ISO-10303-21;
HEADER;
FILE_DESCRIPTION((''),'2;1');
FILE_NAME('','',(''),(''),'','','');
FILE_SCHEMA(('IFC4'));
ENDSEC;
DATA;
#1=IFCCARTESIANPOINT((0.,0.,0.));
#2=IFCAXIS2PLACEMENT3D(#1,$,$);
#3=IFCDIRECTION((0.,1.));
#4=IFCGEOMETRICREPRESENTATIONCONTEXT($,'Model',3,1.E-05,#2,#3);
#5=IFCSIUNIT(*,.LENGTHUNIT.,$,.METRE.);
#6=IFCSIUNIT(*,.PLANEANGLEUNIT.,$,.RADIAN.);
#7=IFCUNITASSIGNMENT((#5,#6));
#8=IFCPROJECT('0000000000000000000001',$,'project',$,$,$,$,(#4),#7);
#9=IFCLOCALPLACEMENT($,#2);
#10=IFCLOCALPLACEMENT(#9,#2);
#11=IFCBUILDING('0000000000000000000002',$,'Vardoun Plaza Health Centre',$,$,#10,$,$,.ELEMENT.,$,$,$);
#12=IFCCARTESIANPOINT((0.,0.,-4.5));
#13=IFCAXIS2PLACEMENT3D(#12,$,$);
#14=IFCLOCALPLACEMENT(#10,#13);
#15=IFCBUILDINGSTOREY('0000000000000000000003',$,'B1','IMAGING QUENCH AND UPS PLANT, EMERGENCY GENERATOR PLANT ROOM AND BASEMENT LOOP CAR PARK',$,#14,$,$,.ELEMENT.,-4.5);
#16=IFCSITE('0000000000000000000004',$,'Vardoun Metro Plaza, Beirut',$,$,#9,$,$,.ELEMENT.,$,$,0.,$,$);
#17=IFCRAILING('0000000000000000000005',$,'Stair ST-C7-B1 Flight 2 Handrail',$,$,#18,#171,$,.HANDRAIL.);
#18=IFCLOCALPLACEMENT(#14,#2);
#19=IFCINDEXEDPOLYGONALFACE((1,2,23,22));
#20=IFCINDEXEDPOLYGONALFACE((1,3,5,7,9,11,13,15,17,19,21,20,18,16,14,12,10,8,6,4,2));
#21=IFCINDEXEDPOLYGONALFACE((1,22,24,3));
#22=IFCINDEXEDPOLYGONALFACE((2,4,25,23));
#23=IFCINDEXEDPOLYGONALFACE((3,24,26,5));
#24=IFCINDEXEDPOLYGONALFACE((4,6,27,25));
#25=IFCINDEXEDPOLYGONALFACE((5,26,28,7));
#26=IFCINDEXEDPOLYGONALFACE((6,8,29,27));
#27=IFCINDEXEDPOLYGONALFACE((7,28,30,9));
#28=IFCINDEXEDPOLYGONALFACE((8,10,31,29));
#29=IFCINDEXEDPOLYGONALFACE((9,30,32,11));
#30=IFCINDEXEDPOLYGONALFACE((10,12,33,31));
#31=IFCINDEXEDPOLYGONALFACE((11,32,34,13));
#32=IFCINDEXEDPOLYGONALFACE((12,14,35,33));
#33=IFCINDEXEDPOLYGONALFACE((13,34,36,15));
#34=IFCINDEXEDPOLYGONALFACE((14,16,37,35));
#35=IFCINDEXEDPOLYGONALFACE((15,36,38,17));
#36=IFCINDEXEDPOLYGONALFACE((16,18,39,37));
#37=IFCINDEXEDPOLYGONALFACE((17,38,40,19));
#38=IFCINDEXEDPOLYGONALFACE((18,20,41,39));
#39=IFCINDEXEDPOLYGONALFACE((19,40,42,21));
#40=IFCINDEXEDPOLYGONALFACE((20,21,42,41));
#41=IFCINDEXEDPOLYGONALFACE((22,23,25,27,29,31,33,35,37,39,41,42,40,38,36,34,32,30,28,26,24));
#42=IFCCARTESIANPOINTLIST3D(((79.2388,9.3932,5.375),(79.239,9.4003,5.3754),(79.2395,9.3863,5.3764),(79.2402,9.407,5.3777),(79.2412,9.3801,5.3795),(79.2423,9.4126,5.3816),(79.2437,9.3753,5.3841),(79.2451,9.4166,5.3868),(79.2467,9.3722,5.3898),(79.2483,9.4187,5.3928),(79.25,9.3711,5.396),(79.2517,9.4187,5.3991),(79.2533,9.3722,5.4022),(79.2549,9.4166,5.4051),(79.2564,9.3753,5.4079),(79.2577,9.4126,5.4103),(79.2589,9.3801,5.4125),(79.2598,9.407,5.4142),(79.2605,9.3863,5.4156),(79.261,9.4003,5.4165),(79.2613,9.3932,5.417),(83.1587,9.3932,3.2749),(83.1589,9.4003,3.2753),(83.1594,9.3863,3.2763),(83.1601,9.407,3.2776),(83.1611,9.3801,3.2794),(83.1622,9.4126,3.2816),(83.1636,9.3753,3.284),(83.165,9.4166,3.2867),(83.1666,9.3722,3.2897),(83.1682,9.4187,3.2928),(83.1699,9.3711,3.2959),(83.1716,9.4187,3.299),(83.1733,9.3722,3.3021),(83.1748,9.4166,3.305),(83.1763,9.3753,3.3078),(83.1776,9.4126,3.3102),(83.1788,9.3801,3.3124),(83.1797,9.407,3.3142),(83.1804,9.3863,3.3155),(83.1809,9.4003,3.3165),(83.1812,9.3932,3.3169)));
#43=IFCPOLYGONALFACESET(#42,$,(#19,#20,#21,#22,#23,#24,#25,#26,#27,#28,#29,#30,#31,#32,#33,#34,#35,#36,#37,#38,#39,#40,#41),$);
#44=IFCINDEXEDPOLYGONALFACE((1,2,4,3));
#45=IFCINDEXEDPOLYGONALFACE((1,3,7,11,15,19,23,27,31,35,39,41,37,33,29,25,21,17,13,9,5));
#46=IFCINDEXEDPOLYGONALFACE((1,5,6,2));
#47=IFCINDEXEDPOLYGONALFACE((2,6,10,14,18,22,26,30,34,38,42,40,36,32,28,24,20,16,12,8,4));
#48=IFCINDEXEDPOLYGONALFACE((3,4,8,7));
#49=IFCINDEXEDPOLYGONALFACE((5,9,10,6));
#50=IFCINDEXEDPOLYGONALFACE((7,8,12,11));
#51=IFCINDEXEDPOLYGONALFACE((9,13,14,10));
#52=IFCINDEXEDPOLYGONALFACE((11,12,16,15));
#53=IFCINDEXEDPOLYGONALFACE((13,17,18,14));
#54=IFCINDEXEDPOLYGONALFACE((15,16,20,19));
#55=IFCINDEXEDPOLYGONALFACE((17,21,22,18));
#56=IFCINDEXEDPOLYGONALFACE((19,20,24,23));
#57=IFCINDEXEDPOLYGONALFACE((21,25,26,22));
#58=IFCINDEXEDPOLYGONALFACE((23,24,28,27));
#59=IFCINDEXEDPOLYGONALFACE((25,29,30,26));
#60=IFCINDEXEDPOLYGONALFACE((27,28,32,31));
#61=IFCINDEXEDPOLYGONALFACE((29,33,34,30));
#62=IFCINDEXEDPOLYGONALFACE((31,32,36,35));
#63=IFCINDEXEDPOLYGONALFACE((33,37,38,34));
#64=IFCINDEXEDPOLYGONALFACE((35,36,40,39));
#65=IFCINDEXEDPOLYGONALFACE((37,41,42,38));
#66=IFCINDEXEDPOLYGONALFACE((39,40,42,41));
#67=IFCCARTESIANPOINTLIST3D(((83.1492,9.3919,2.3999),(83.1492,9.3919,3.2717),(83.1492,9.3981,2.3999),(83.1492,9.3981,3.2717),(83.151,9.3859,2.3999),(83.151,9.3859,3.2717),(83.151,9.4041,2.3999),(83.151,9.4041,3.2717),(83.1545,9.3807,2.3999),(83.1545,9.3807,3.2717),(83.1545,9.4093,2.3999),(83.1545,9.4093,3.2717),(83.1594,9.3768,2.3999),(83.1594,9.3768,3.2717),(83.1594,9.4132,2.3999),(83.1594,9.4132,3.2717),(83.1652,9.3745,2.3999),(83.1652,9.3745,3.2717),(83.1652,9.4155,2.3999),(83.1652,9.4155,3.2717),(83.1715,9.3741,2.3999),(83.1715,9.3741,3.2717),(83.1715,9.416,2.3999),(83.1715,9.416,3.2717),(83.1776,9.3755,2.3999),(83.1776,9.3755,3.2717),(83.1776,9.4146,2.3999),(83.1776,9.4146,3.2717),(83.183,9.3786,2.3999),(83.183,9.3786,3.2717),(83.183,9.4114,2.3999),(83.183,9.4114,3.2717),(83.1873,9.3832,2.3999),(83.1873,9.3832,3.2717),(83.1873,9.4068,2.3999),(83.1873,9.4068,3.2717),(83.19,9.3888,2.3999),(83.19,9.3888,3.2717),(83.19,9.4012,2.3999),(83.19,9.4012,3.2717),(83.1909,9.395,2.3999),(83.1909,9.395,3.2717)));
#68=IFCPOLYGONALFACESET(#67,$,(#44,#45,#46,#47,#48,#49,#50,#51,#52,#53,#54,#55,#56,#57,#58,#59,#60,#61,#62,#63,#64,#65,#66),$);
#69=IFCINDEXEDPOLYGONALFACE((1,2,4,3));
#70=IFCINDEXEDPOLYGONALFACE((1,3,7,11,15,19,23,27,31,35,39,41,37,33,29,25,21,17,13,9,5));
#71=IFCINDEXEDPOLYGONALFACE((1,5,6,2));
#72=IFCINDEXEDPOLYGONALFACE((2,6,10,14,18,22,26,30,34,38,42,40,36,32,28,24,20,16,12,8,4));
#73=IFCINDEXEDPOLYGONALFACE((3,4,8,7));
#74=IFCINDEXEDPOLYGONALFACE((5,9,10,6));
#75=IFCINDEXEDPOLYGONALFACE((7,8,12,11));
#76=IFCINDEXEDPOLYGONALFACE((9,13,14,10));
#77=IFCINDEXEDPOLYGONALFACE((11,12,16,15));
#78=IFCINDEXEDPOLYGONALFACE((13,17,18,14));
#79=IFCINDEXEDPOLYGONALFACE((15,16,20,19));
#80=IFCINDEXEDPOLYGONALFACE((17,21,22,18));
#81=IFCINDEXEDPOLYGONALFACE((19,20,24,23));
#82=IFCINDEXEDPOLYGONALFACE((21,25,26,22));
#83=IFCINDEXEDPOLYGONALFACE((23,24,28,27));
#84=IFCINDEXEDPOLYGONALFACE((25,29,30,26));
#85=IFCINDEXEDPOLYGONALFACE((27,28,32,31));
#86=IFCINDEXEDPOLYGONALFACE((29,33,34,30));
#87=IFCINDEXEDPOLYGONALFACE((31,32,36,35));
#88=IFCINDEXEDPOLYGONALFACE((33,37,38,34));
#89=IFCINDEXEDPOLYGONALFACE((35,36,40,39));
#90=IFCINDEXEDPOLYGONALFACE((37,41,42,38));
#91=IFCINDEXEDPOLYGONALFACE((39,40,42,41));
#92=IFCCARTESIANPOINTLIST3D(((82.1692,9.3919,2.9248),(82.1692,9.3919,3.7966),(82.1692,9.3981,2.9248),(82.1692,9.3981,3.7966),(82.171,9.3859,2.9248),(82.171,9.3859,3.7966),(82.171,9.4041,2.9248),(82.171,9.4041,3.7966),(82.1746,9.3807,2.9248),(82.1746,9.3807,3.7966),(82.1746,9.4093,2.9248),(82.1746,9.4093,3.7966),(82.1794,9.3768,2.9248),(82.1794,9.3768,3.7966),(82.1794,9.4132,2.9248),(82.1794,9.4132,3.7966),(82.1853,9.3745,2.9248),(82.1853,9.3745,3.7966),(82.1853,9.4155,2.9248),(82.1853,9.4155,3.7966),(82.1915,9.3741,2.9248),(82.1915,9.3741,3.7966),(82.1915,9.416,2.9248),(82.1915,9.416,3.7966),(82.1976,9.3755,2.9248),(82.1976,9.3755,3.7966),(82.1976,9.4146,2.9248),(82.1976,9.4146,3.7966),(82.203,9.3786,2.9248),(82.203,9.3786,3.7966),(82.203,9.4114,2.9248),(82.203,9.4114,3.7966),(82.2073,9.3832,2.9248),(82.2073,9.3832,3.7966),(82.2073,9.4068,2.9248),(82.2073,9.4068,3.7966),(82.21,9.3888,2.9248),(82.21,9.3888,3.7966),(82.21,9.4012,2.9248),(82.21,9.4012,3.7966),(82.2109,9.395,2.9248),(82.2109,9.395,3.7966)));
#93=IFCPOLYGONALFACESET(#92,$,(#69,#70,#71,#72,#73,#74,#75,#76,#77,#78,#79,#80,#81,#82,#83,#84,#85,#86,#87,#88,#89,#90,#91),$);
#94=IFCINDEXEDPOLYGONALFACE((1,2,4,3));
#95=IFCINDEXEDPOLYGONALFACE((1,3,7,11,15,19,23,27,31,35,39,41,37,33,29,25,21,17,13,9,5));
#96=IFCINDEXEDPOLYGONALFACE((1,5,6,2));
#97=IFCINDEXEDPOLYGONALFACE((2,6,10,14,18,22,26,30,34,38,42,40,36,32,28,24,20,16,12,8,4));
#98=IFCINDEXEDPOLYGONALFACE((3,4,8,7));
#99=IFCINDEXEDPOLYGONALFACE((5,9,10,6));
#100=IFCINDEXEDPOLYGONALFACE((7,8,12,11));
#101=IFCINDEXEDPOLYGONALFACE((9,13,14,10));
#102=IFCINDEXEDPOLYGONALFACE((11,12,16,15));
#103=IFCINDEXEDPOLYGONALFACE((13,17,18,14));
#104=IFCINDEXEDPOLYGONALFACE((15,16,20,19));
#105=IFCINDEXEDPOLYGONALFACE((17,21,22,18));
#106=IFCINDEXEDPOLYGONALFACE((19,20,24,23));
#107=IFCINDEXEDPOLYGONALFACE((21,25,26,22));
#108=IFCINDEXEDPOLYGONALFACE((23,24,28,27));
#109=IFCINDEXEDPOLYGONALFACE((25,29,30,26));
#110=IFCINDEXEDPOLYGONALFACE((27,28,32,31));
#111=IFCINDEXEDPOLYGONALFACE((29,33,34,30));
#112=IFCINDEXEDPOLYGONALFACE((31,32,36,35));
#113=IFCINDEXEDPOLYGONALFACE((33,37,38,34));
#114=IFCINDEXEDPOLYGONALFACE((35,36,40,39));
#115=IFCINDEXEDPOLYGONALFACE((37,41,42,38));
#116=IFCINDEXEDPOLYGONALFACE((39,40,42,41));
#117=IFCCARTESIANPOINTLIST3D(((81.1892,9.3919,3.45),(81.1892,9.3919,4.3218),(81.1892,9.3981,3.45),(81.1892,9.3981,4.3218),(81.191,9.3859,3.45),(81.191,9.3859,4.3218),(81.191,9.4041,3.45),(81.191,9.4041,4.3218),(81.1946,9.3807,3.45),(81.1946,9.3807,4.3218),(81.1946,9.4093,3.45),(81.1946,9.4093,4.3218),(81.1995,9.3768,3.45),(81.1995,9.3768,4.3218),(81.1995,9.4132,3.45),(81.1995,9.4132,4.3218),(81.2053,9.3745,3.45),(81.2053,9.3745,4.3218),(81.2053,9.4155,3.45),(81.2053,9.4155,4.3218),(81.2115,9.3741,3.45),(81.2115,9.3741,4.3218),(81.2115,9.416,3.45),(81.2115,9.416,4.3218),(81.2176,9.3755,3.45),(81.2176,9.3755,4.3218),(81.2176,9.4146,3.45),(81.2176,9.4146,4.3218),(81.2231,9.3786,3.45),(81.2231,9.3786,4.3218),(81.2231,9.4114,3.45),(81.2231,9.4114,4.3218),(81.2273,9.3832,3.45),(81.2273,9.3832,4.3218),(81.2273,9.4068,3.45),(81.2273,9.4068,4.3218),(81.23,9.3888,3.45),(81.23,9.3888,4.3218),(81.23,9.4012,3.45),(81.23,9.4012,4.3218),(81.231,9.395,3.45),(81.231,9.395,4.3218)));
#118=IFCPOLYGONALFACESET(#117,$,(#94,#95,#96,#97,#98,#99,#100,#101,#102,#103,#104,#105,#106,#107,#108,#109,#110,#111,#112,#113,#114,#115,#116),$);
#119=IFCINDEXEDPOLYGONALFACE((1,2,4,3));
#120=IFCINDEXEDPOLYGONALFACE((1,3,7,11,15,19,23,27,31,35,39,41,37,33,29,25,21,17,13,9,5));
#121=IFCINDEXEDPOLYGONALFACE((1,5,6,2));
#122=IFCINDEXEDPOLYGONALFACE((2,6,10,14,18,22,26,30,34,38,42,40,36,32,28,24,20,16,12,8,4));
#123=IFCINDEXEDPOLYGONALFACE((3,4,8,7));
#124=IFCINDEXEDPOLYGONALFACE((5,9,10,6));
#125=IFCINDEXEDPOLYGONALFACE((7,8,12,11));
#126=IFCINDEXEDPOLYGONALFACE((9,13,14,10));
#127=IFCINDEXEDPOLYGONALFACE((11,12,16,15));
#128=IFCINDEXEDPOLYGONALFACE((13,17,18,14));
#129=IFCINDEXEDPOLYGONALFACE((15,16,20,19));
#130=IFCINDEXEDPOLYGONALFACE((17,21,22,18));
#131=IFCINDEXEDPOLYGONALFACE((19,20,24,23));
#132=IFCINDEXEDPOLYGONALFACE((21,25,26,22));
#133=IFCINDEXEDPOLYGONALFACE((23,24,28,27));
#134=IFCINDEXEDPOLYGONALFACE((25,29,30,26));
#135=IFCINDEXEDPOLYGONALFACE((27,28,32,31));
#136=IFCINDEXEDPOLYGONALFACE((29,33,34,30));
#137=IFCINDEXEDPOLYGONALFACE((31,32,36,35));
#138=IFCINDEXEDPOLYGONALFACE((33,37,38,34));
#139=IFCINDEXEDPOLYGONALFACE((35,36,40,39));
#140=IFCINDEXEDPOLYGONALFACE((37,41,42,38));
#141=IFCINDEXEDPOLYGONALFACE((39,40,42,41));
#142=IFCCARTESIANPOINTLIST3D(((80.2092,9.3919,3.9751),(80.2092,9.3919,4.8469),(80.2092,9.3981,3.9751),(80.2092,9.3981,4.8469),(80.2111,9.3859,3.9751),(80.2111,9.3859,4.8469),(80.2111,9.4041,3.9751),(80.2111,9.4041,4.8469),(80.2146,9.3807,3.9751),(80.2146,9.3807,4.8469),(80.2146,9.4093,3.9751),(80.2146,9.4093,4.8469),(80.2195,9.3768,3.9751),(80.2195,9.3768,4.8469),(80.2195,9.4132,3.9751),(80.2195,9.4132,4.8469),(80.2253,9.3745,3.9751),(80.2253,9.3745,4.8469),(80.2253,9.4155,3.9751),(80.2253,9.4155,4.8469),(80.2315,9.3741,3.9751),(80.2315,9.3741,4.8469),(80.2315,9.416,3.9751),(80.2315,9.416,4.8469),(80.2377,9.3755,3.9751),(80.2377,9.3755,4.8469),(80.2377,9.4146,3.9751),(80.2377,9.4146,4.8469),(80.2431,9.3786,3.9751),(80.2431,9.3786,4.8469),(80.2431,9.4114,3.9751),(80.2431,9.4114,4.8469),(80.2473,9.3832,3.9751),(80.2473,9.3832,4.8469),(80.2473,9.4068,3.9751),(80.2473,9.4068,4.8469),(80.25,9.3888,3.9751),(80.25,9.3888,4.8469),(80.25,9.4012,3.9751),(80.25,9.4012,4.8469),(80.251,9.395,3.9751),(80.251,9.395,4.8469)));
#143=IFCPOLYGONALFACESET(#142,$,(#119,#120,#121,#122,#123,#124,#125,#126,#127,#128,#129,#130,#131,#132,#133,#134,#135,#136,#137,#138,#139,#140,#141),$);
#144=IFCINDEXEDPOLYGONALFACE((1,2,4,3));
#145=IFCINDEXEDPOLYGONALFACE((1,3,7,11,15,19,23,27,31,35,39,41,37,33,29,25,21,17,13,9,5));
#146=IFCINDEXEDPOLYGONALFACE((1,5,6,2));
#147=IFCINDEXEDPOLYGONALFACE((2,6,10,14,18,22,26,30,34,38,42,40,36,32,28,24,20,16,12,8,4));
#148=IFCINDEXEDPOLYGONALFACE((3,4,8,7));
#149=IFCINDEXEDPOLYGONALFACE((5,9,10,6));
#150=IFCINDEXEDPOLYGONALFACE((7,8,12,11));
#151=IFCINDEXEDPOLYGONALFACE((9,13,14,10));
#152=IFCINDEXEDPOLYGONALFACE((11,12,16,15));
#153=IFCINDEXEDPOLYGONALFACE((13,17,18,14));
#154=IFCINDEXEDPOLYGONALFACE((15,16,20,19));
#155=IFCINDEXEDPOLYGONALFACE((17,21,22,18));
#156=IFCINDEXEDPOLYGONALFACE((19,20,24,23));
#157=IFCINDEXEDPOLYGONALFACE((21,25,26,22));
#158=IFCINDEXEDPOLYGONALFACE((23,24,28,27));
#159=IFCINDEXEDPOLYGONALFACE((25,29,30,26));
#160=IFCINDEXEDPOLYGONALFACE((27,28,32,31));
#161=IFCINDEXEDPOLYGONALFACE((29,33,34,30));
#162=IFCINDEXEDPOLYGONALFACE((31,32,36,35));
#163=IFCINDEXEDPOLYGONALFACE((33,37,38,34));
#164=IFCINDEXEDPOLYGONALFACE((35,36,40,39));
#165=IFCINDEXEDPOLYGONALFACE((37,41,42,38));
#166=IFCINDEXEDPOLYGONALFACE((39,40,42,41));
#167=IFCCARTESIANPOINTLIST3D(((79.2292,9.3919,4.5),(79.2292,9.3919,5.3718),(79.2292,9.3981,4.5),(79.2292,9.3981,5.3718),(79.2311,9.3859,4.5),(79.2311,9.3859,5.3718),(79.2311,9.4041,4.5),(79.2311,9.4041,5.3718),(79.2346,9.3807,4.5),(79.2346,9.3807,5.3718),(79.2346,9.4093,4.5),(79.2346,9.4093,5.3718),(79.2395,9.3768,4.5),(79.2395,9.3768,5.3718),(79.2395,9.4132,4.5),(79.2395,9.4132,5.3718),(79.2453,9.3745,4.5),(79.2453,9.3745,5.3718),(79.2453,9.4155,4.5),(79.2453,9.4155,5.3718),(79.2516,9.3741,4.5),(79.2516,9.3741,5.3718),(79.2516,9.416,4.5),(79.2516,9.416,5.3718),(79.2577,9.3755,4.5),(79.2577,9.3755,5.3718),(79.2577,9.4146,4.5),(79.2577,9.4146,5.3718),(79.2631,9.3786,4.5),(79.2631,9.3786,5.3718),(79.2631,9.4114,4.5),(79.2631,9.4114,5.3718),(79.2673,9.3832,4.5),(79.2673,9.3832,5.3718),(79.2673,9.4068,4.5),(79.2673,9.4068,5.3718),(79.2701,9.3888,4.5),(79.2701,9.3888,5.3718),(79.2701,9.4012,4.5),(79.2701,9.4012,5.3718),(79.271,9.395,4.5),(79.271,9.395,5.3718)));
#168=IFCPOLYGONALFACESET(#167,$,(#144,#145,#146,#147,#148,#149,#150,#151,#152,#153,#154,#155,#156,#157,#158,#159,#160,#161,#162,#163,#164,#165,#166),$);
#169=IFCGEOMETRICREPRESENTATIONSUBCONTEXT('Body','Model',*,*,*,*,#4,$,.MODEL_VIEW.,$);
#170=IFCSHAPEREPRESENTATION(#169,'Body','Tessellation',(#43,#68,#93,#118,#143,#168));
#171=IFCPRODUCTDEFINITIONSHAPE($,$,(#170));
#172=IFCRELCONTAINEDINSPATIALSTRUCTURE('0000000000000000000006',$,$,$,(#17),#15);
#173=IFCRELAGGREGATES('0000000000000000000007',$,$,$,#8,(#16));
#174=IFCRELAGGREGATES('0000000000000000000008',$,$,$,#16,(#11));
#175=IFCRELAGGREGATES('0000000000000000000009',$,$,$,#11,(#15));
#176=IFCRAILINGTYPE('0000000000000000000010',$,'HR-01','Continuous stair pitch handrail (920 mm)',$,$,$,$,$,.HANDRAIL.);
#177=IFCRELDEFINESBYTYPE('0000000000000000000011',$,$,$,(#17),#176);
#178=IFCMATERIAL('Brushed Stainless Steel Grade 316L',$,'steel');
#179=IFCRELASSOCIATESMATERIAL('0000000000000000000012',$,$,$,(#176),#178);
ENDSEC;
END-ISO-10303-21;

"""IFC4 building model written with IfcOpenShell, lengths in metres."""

from ifc_helpers import new_model, si_unit, direction, frame, origin, origin_2d, place, context, subcontext, project, spatial, circle, extrude, material, type_object, element, save


model = new_model("IFC4")

# Units and contexts
model_context = context("Model", 3, precision=1e-05, world=origin(), true_north=direction((0.0, 1.0)))
body_context = subcontext(model_context, "Body", "Model", "MODEL_VIEW")
ifc_project = project(units=[si_unit("LENGTHUNIT", "METRE"), si_unit("PLANEANGLEUNIT", "RADIAN")], contexts=[model_context])

# Site, building, storey
site_placement = place(None, origin())
site = spatial("IfcSite", under=ifc_project, at=site_placement, Name="Vardoun Metro Plaza, Beirut", CompositionType="ELEMENT", RefElevation=0.0)
building_placement = place(site_placement, origin())
building = spatial("IfcBuilding", under=site, at=building_placement, Name="Vardoun Plaza Health Centre", CompositionType="ELEMENT")
storey_placement = place(building_placement, frame((0.0, 0.0, -4.5)))
storey = spatial("IfcBuildingStorey", under=building, at=storey_placement, Name="B1", Description="IMAGING QUENCH AND UPS PLANT, EMERGENCY GENERATOR PLANT ROOM AND BASEMENT LOOP CAR PARK", CompositionType="ELEMENT", Elevation=-4.5)

# Railing
ifc_material_1 = material(Name="Brushed Stainless Steel Grade 316L", Category="steel")
railing_type_1 = type_object("IfcRailingType", Name="HR-01", Description="Continuous stair pitch handrail (920 mm)", PredefinedType="HANDRAIL", material=ifc_material_1)
railing_1_placement = place(storey_placement, frame((83.1699, 9.395, 2.3999)))
element("IfcRailing", 1, at=railing_1_placement, inside=storey, type_object=railing_type_1, Name="Stair ST-C7-B1 Flight 2 Handrail", PredefinedType="HANDRAIL", context=body_context, shape_type="SweptSolid", body=[
    extrude(circle(Radius=0.0239, at=origin_2d()), frame((0.0, 0.0, 0.896), z_axis=(-0.881467, 0.0, 0.472246), x_axis=(0.0, -1.0, 0.0)), (0.0, 0.0, 1.0), 4.447),
    extrude(circle(Radius=0.021, at=origin_2d()), origin(), (0.0, 0.0, 1.0), 0.8718),
    extrude(circle(Radius=0.021, at=origin_2d()), frame((-0.98, 0.0, 0.5249)), (0.0, 0.0, 1.0), 0.8718),
    extrude(circle(Radius=0.021, at=origin_2d()), frame((-1.96, 0.0, 1.05)), (0.0, 0.0, 1.0), 0.8718),
    extrude(circle(Radius=0.021, at=origin_2d()), frame((-2.9399, 0.0, 1.5752)), (0.0, 0.0, 1.0), 0.8718),
    extrude(circle(Radius=0.021, at=origin_2d()), frame((-3.9199, 0.0, 2.1001)), (0.0, 0.0, 1.0), 0.8718),
])

save(model, "model.ifc")
